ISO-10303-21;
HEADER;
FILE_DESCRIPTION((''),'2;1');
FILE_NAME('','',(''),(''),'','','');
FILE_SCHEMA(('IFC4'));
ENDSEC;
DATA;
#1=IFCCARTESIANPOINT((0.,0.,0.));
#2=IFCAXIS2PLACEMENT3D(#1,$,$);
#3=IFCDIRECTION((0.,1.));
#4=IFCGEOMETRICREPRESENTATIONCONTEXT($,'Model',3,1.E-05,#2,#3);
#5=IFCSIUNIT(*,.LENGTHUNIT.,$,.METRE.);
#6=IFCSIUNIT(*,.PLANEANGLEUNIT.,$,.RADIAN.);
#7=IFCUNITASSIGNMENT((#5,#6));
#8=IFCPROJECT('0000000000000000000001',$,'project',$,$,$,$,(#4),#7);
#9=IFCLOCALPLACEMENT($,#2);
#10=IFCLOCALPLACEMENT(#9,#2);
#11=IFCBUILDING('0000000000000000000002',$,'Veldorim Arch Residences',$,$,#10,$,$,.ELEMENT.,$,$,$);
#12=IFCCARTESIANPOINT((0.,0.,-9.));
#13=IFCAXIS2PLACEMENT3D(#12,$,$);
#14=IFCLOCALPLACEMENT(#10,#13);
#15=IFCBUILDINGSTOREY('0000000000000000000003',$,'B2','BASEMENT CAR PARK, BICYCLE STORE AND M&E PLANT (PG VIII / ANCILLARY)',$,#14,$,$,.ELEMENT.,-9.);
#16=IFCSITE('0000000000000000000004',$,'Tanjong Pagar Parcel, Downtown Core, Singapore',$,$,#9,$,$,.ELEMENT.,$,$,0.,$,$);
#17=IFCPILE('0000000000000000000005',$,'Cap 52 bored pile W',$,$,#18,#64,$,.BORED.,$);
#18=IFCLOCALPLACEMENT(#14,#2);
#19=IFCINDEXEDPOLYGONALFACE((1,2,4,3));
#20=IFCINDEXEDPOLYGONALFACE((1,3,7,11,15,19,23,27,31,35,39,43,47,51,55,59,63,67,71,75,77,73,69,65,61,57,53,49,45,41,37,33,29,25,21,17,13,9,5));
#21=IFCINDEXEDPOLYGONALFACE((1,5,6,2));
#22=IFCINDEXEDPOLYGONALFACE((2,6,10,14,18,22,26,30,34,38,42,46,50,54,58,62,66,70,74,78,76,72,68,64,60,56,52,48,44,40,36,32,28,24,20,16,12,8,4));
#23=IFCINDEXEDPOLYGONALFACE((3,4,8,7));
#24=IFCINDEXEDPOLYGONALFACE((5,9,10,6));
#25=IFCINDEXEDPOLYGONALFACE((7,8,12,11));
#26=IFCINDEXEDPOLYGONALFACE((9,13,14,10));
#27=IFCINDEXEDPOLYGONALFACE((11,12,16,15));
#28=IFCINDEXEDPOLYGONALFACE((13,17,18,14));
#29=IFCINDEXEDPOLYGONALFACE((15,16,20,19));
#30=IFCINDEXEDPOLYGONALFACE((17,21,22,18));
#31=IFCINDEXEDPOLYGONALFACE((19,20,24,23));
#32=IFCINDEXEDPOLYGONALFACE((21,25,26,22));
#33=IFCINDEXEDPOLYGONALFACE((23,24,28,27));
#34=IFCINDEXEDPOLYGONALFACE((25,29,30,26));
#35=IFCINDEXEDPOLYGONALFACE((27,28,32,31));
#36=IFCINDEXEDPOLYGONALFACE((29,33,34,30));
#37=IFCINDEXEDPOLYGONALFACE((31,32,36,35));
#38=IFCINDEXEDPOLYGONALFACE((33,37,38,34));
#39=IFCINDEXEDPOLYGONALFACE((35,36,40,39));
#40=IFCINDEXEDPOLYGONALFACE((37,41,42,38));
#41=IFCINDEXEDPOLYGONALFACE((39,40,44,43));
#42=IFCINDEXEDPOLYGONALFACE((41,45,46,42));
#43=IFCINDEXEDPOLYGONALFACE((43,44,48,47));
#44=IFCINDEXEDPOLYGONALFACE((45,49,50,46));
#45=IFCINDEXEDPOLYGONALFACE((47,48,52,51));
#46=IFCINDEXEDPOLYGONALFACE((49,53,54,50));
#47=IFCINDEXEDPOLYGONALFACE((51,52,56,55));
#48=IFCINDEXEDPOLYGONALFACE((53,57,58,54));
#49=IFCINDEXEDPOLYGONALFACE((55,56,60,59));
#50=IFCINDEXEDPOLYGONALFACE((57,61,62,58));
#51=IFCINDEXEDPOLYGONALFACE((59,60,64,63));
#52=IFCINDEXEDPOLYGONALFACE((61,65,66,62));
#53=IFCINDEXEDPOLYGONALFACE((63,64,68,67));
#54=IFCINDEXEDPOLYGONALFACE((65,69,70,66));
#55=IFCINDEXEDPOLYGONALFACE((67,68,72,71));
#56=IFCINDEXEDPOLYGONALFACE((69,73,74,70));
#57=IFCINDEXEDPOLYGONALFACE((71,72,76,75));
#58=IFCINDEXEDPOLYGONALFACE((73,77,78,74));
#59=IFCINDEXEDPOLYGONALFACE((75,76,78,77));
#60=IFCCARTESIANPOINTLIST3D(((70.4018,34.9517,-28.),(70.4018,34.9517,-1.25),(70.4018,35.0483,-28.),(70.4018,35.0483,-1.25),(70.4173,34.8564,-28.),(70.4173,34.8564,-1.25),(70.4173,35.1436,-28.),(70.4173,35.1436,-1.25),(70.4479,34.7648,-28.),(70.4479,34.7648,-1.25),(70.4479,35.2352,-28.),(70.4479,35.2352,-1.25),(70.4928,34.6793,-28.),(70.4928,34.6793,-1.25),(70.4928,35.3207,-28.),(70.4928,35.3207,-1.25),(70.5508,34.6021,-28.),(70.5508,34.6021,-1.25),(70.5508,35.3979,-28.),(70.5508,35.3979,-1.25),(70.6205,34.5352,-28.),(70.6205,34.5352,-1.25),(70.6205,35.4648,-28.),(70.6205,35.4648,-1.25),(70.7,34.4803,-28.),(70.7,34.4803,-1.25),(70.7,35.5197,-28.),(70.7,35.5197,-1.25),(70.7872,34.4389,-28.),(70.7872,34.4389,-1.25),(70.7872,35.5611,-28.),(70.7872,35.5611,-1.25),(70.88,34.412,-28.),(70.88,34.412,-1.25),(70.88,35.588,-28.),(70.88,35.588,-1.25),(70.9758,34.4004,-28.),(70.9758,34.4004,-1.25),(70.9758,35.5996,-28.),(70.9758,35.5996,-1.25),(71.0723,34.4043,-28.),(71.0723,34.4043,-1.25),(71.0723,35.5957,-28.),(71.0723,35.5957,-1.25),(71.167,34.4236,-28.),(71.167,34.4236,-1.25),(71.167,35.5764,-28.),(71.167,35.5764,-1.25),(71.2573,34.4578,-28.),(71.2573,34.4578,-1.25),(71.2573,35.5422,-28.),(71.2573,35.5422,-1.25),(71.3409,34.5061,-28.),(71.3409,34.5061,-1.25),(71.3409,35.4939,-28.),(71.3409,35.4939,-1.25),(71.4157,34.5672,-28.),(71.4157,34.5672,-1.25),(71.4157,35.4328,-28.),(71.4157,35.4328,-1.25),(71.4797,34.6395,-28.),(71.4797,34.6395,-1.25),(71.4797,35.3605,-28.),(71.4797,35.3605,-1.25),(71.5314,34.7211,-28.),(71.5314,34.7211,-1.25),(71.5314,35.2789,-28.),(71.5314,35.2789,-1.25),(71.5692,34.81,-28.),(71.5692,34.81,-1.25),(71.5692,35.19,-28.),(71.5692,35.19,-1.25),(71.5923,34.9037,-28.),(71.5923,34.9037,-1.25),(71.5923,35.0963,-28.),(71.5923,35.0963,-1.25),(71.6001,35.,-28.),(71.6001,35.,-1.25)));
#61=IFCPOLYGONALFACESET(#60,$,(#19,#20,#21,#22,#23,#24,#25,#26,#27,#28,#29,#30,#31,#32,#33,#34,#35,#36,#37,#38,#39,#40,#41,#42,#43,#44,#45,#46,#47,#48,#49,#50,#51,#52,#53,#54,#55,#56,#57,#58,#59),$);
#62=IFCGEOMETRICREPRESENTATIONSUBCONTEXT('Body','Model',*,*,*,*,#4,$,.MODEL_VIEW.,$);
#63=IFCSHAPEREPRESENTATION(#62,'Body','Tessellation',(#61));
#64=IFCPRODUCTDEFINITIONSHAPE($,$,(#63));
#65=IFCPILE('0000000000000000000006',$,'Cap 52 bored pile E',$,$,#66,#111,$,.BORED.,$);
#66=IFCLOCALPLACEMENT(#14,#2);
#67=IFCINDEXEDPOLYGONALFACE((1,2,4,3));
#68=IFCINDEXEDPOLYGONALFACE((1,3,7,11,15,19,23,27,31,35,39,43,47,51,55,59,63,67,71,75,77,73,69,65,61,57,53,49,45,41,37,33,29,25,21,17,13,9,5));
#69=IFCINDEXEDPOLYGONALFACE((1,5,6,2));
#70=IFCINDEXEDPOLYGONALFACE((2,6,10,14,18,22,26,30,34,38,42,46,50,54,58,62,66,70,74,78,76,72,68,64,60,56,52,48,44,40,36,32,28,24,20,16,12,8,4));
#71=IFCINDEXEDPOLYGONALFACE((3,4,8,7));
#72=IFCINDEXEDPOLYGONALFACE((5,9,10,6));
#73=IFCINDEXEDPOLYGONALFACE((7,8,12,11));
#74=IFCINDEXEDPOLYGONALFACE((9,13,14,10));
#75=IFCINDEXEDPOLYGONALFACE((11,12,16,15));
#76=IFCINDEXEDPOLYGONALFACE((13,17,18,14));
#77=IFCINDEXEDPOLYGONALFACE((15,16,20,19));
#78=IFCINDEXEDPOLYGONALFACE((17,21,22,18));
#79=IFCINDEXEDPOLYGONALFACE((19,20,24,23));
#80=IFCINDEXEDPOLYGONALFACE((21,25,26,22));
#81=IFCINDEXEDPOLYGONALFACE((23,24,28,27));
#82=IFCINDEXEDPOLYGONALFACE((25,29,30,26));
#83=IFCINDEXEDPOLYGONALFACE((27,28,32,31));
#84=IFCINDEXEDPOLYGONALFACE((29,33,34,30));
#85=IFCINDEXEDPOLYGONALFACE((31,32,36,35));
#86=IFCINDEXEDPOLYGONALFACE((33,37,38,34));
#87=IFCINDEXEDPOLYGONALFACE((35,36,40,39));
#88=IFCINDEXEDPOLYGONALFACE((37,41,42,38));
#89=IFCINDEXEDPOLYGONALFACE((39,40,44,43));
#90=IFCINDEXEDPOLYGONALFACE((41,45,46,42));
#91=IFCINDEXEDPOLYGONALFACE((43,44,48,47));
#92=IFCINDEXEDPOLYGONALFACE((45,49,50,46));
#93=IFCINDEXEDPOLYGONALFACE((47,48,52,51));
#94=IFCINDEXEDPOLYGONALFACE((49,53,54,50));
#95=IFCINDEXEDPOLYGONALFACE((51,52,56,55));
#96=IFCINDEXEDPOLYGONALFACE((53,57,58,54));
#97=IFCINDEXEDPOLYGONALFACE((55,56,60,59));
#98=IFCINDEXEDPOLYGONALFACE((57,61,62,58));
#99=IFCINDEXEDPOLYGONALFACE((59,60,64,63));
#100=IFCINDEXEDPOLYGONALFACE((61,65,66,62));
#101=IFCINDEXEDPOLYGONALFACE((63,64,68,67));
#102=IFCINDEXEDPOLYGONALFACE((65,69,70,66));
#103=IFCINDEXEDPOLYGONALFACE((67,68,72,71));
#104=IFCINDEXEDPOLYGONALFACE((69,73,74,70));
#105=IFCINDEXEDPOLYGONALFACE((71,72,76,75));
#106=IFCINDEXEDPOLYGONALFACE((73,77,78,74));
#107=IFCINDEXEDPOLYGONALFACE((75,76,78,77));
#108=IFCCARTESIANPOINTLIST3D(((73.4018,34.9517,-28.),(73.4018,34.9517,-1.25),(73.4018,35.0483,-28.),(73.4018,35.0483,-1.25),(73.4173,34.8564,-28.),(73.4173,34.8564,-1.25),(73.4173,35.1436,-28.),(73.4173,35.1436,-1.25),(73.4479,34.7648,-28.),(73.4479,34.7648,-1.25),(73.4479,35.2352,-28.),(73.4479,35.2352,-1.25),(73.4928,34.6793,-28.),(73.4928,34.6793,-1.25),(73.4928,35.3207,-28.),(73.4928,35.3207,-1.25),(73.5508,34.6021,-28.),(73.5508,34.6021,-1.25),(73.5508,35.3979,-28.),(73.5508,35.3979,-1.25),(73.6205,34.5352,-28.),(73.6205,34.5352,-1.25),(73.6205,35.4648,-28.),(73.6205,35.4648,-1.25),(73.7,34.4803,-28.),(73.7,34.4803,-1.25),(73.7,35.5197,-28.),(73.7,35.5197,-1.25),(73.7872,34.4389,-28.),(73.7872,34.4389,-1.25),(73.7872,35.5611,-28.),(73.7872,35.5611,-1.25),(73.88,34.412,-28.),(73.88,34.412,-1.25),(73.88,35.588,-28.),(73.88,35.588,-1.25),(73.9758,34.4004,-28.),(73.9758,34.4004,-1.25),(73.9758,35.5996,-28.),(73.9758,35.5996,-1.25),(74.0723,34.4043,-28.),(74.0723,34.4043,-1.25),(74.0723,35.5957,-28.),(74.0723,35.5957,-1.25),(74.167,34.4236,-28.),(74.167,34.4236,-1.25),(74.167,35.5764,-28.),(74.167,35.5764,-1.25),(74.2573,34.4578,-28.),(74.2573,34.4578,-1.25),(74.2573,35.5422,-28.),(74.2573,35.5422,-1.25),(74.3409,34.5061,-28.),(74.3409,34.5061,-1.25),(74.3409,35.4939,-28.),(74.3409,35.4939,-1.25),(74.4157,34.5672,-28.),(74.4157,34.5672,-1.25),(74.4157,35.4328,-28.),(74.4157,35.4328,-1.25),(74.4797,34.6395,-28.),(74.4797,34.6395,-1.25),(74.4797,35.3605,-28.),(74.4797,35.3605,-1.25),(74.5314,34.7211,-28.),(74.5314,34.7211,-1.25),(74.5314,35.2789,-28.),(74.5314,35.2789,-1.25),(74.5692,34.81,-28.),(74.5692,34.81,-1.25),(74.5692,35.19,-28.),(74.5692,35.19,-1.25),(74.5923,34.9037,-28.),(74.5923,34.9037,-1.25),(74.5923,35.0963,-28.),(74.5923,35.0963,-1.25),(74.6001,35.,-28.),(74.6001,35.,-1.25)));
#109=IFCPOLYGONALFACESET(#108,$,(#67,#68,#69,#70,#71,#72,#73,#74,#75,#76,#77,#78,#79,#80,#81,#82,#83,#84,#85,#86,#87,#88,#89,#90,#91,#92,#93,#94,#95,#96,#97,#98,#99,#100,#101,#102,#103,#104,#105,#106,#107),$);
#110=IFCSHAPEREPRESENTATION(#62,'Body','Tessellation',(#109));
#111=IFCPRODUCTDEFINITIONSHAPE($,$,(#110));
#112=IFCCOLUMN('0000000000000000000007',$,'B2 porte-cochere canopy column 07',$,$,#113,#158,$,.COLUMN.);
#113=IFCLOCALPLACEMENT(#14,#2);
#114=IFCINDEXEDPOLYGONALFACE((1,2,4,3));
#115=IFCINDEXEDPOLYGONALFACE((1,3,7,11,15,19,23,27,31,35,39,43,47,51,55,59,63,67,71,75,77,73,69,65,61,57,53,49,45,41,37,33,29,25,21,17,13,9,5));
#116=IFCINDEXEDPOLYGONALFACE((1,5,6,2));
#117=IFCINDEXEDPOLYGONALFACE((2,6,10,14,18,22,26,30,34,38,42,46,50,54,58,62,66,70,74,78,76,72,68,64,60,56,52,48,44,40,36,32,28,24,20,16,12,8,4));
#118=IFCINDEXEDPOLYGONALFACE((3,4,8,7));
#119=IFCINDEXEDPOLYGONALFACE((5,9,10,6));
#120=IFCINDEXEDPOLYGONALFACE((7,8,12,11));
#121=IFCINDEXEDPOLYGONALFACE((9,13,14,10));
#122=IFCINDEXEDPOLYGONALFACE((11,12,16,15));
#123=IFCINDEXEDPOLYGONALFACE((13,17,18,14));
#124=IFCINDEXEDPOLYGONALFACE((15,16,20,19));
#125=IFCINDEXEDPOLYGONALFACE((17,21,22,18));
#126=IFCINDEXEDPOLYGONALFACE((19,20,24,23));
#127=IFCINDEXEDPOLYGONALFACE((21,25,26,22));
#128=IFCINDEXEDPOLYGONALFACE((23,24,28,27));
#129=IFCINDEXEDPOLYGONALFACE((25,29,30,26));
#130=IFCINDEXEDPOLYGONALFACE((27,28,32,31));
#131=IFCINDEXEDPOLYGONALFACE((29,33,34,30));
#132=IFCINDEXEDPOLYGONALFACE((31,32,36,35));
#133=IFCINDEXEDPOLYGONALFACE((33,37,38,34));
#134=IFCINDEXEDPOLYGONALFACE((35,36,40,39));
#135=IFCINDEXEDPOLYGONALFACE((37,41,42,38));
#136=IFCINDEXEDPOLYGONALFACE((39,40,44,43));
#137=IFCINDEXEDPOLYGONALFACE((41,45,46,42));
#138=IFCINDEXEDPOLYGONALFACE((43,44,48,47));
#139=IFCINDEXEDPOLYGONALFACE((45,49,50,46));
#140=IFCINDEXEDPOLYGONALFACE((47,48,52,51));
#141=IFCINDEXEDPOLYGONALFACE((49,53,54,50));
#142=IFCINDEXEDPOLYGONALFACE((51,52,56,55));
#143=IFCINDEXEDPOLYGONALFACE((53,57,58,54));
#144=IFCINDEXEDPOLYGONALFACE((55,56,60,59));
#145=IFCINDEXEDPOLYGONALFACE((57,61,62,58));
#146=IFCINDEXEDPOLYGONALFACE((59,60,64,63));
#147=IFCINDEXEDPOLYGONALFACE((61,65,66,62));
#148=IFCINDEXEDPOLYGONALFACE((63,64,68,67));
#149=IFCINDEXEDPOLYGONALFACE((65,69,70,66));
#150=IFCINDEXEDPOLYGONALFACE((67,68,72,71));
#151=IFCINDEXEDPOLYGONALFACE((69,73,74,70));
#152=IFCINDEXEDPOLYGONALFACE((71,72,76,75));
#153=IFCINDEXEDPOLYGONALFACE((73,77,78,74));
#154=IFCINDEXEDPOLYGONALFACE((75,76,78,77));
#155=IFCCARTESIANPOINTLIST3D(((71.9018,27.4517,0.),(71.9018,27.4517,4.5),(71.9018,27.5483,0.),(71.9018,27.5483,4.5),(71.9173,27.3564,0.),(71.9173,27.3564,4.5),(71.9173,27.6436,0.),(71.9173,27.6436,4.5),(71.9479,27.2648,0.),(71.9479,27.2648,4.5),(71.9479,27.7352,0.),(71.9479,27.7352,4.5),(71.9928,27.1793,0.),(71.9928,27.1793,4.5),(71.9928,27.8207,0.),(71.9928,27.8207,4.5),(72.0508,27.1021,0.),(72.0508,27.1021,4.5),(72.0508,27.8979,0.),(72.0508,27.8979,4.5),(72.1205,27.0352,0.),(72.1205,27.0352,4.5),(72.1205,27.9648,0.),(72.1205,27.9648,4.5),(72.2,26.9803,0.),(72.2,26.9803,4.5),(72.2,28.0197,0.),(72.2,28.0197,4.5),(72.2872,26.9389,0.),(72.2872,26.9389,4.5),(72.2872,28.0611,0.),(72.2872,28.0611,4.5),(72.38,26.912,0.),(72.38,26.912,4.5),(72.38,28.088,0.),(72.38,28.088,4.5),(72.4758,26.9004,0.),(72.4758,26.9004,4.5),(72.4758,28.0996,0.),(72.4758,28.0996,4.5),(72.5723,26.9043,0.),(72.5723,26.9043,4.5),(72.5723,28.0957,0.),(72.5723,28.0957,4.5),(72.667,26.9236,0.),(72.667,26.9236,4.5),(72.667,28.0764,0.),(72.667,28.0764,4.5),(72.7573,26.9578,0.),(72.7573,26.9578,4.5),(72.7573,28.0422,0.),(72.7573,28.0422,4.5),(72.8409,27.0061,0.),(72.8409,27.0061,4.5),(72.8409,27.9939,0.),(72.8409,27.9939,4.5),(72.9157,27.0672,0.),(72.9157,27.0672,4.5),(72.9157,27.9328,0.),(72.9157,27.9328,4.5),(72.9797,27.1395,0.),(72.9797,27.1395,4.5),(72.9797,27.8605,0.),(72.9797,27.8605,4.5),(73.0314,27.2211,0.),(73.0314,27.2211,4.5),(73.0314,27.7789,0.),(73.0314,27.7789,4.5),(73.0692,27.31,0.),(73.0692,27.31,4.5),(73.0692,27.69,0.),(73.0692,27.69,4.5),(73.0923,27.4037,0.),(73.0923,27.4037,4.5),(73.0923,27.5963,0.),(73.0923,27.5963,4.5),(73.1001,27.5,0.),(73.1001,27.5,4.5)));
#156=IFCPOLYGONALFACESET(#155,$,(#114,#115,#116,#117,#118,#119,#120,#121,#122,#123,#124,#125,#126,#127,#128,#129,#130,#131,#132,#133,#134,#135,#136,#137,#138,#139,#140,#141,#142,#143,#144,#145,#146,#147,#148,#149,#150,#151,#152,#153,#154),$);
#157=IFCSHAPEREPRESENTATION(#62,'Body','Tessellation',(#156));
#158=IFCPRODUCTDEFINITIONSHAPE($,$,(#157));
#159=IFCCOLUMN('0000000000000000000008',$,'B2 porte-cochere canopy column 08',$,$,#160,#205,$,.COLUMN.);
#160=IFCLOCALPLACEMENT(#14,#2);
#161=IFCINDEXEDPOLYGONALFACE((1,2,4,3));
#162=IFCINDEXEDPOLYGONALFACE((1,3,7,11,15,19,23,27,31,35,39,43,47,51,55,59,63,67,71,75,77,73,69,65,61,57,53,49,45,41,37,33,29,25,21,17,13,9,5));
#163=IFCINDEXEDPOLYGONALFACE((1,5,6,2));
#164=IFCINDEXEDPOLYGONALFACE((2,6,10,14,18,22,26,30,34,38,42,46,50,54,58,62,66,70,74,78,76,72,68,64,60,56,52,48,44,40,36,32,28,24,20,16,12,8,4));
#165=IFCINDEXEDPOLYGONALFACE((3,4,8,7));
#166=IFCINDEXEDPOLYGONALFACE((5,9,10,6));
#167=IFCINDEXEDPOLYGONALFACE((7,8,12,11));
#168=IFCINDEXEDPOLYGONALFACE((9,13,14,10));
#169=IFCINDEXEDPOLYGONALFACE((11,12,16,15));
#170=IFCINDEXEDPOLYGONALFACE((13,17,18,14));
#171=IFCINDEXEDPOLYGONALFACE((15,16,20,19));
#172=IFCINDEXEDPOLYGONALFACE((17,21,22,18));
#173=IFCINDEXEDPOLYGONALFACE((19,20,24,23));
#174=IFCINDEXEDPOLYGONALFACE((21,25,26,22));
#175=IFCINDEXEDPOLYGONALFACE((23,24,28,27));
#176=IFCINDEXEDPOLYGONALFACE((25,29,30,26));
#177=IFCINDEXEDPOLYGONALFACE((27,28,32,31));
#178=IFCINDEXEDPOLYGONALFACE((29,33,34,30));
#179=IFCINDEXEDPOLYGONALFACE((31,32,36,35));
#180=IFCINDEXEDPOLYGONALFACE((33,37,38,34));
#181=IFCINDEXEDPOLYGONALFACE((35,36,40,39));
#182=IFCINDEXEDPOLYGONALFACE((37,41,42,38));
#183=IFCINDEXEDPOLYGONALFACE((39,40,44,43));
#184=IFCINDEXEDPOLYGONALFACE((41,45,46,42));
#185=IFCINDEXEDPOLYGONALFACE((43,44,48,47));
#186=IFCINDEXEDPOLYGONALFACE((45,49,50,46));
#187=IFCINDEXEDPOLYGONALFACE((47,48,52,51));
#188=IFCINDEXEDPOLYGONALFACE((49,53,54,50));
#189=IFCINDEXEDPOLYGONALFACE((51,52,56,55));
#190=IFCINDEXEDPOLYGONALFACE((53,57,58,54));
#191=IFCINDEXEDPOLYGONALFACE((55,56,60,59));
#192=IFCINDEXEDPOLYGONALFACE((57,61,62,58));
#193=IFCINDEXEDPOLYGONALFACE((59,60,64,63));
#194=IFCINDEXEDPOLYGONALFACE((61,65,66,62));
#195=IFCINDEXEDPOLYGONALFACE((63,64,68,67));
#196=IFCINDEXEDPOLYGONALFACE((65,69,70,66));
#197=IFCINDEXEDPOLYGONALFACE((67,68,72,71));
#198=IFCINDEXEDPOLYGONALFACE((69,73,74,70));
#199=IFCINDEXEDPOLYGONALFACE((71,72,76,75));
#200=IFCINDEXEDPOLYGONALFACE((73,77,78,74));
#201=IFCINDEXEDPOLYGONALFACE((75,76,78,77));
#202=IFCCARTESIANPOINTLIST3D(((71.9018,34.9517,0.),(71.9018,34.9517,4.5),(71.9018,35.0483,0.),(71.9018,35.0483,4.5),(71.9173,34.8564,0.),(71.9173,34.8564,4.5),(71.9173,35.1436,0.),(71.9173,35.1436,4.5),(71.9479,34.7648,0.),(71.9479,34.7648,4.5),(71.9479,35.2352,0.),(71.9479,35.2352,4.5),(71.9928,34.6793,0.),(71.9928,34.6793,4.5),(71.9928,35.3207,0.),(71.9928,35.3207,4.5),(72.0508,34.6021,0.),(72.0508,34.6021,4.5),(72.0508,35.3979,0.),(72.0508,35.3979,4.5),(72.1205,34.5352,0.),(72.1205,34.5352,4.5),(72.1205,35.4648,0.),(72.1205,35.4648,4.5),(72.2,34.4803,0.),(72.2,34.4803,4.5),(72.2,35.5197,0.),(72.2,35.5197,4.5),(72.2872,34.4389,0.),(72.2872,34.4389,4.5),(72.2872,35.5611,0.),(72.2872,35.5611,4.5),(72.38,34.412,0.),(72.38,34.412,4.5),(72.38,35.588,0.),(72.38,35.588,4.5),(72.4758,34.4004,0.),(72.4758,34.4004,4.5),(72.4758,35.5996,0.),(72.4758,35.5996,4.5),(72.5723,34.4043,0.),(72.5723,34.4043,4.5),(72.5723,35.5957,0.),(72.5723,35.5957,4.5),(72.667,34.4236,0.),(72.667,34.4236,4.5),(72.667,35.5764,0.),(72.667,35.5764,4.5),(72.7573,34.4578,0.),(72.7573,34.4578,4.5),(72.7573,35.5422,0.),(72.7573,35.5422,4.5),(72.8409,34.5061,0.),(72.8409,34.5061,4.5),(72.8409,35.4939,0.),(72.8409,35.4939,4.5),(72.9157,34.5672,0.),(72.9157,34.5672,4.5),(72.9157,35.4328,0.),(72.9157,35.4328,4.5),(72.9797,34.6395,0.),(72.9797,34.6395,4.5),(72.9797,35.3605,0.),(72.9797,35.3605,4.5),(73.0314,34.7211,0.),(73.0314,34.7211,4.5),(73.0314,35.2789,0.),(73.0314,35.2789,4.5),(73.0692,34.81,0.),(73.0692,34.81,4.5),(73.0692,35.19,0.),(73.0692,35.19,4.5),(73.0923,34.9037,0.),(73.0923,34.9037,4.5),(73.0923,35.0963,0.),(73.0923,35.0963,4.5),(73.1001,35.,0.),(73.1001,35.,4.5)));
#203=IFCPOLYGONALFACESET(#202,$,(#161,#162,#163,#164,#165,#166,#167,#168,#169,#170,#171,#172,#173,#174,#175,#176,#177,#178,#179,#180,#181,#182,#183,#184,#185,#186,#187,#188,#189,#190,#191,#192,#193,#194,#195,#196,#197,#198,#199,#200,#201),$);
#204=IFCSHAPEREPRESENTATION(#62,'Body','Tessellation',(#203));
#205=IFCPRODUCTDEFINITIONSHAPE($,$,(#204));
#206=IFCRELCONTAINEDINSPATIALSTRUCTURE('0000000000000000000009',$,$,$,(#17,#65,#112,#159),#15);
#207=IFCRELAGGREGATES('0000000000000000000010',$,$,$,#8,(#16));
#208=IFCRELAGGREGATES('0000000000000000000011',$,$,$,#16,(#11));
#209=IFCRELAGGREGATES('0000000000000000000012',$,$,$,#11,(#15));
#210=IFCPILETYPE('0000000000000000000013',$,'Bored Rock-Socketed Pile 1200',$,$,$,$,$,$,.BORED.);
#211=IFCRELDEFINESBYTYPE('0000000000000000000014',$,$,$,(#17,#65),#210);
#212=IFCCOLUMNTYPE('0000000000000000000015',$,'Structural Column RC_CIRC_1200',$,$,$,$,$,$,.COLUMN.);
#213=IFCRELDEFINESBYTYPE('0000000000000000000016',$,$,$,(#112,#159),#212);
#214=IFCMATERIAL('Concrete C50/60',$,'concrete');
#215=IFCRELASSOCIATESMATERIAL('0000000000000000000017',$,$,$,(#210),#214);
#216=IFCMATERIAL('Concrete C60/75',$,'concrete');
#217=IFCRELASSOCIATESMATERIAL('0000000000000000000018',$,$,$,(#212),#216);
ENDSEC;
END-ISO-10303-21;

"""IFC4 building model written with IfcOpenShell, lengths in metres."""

from ifc_helpers import new_model, si_unit, direction, frame, origin, origin_2d, place, context, subcontext, project, spatial, circle, extrude, material, material_profile, profile_set, type_object, element, save


model = new_model("IFC4")

# Units and contexts
model_context = context("Model", 3, precision=1e-05, world=origin(), true_north=direction((0.0, 1.0)))
body_context = subcontext(model_context, "Body", "Model", "MODEL_VIEW")
ifc_project = project(units=[si_unit("LENGTHUNIT", "METRE"), si_unit("PLANEANGLEUNIT", "RADIAN")], contexts=[model_context])

# Site, building, storey
site_placement = place(None, origin())
site = spatial("IfcSite", under=ifc_project, at=site_placement, Name="Tanjong Pagar Parcel, Downtown Core, Singapore", CompositionType="ELEMENT", RefElevation=0.0)
building_placement = place(site_placement, origin())
building = spatial("IfcBuilding", under=site, at=building_placement, Name="Veldorim Arch Residences", CompositionType="ELEMENT")
storey_placement = place(building_placement, frame((0.0, 0.0, -9.0)))
storey = spatial("IfcBuildingStorey", under=building, at=storey_placement, Name="B2", Description="BASEMENT CAR PARK, BICYCLE STORE AND M&E PLANT (PG VIII / ANCILLARY)", CompositionType="ELEMENT", Elevation=-9.0)

# Piles
ifc_material_1 = material(Name="Concrete C50/60", Category="concrete")
ifc_material_profile_1 = material_profile(ifc_material_1, circle(Radius=0.6001, at=origin_2d()), Name="PILE_1200")
ifc_profile_set_1 = profile_set([ifc_material_profile_1], Name="Concrete C50/60")
pile_type = type_object("IfcPileType", Name="Bored Rock-Socketed Pile 1200", PredefinedType="BORED", material=ifc_profile_set_1)
for number, where, z_axis, x_axis, name in (
    (1, (71.0, 35.0, -1.25), (0.0, 0.0, -1.0), (1.0, 0.0, 0.0), "Cap 52 bored pile W"),
    (2, (74.0, 35.0, -1.25), (0.0, 0.0, -1.0), (1.0, 0.0, 0.0), "Cap 52 bored pile E"),
):
    element("IfcPile", number, at=place(storey_placement, frame(where, z_axis=z_axis, x_axis=x_axis)), inside=storey, type_object=pile_type, Name=name, PredefinedType="BORED", context=body_context, shape_type="SweptSolid", body=[
        extrude(circle(Radius=0.6001, at=origin_2d()), origin(), (0.0, 0.0, 1.0), 26.75),
    ])

# Columns
ifc_material_2 = material(Name="Concrete C60/75", Category="concrete")
ifc_material_profile_2 = material_profile(ifc_material_2, circle(Radius=0.6001, at=origin_2d()), Name="RC_CIRC_1200")
ifc_profile_set_2 = profile_set([ifc_material_profile_2], Name="Concrete C60/75")
column_type_1 = type_object("IfcColumnType", Name="Structural Column RC_CIRC_1200", PredefinedType="COLUMN", material=ifc_profile_set_2)
for number, where, z_axis, x_axis, name in (
    (3, (72.5, 27.5, 0.0), (0.0, 0.0, 1.0), (1.0, 0.0, 0.0), "B2 porte-cochere canopy column 07"),
    (4, (72.5, 35.0, 0.0), (0.0, 0.0, 1.0), (1.0, 0.0, 0.0), "B2 porte-cochere canopy column 08"),
):
    element("IfcColumn", number, at=place(storey_placement, frame(where, z_axis=z_axis, x_axis=x_axis)), inside=storey, type_object=column_type_1, Name=name, PredefinedType="COLUMN", context=body_context, shape_type="SweptSolid", body=[
        extrude(circle(Radius=0.6001, at=origin_2d()), origin(), (0.0, 0.0, 1.0), 4.5),
    ])

save(model, "model.ifc")
